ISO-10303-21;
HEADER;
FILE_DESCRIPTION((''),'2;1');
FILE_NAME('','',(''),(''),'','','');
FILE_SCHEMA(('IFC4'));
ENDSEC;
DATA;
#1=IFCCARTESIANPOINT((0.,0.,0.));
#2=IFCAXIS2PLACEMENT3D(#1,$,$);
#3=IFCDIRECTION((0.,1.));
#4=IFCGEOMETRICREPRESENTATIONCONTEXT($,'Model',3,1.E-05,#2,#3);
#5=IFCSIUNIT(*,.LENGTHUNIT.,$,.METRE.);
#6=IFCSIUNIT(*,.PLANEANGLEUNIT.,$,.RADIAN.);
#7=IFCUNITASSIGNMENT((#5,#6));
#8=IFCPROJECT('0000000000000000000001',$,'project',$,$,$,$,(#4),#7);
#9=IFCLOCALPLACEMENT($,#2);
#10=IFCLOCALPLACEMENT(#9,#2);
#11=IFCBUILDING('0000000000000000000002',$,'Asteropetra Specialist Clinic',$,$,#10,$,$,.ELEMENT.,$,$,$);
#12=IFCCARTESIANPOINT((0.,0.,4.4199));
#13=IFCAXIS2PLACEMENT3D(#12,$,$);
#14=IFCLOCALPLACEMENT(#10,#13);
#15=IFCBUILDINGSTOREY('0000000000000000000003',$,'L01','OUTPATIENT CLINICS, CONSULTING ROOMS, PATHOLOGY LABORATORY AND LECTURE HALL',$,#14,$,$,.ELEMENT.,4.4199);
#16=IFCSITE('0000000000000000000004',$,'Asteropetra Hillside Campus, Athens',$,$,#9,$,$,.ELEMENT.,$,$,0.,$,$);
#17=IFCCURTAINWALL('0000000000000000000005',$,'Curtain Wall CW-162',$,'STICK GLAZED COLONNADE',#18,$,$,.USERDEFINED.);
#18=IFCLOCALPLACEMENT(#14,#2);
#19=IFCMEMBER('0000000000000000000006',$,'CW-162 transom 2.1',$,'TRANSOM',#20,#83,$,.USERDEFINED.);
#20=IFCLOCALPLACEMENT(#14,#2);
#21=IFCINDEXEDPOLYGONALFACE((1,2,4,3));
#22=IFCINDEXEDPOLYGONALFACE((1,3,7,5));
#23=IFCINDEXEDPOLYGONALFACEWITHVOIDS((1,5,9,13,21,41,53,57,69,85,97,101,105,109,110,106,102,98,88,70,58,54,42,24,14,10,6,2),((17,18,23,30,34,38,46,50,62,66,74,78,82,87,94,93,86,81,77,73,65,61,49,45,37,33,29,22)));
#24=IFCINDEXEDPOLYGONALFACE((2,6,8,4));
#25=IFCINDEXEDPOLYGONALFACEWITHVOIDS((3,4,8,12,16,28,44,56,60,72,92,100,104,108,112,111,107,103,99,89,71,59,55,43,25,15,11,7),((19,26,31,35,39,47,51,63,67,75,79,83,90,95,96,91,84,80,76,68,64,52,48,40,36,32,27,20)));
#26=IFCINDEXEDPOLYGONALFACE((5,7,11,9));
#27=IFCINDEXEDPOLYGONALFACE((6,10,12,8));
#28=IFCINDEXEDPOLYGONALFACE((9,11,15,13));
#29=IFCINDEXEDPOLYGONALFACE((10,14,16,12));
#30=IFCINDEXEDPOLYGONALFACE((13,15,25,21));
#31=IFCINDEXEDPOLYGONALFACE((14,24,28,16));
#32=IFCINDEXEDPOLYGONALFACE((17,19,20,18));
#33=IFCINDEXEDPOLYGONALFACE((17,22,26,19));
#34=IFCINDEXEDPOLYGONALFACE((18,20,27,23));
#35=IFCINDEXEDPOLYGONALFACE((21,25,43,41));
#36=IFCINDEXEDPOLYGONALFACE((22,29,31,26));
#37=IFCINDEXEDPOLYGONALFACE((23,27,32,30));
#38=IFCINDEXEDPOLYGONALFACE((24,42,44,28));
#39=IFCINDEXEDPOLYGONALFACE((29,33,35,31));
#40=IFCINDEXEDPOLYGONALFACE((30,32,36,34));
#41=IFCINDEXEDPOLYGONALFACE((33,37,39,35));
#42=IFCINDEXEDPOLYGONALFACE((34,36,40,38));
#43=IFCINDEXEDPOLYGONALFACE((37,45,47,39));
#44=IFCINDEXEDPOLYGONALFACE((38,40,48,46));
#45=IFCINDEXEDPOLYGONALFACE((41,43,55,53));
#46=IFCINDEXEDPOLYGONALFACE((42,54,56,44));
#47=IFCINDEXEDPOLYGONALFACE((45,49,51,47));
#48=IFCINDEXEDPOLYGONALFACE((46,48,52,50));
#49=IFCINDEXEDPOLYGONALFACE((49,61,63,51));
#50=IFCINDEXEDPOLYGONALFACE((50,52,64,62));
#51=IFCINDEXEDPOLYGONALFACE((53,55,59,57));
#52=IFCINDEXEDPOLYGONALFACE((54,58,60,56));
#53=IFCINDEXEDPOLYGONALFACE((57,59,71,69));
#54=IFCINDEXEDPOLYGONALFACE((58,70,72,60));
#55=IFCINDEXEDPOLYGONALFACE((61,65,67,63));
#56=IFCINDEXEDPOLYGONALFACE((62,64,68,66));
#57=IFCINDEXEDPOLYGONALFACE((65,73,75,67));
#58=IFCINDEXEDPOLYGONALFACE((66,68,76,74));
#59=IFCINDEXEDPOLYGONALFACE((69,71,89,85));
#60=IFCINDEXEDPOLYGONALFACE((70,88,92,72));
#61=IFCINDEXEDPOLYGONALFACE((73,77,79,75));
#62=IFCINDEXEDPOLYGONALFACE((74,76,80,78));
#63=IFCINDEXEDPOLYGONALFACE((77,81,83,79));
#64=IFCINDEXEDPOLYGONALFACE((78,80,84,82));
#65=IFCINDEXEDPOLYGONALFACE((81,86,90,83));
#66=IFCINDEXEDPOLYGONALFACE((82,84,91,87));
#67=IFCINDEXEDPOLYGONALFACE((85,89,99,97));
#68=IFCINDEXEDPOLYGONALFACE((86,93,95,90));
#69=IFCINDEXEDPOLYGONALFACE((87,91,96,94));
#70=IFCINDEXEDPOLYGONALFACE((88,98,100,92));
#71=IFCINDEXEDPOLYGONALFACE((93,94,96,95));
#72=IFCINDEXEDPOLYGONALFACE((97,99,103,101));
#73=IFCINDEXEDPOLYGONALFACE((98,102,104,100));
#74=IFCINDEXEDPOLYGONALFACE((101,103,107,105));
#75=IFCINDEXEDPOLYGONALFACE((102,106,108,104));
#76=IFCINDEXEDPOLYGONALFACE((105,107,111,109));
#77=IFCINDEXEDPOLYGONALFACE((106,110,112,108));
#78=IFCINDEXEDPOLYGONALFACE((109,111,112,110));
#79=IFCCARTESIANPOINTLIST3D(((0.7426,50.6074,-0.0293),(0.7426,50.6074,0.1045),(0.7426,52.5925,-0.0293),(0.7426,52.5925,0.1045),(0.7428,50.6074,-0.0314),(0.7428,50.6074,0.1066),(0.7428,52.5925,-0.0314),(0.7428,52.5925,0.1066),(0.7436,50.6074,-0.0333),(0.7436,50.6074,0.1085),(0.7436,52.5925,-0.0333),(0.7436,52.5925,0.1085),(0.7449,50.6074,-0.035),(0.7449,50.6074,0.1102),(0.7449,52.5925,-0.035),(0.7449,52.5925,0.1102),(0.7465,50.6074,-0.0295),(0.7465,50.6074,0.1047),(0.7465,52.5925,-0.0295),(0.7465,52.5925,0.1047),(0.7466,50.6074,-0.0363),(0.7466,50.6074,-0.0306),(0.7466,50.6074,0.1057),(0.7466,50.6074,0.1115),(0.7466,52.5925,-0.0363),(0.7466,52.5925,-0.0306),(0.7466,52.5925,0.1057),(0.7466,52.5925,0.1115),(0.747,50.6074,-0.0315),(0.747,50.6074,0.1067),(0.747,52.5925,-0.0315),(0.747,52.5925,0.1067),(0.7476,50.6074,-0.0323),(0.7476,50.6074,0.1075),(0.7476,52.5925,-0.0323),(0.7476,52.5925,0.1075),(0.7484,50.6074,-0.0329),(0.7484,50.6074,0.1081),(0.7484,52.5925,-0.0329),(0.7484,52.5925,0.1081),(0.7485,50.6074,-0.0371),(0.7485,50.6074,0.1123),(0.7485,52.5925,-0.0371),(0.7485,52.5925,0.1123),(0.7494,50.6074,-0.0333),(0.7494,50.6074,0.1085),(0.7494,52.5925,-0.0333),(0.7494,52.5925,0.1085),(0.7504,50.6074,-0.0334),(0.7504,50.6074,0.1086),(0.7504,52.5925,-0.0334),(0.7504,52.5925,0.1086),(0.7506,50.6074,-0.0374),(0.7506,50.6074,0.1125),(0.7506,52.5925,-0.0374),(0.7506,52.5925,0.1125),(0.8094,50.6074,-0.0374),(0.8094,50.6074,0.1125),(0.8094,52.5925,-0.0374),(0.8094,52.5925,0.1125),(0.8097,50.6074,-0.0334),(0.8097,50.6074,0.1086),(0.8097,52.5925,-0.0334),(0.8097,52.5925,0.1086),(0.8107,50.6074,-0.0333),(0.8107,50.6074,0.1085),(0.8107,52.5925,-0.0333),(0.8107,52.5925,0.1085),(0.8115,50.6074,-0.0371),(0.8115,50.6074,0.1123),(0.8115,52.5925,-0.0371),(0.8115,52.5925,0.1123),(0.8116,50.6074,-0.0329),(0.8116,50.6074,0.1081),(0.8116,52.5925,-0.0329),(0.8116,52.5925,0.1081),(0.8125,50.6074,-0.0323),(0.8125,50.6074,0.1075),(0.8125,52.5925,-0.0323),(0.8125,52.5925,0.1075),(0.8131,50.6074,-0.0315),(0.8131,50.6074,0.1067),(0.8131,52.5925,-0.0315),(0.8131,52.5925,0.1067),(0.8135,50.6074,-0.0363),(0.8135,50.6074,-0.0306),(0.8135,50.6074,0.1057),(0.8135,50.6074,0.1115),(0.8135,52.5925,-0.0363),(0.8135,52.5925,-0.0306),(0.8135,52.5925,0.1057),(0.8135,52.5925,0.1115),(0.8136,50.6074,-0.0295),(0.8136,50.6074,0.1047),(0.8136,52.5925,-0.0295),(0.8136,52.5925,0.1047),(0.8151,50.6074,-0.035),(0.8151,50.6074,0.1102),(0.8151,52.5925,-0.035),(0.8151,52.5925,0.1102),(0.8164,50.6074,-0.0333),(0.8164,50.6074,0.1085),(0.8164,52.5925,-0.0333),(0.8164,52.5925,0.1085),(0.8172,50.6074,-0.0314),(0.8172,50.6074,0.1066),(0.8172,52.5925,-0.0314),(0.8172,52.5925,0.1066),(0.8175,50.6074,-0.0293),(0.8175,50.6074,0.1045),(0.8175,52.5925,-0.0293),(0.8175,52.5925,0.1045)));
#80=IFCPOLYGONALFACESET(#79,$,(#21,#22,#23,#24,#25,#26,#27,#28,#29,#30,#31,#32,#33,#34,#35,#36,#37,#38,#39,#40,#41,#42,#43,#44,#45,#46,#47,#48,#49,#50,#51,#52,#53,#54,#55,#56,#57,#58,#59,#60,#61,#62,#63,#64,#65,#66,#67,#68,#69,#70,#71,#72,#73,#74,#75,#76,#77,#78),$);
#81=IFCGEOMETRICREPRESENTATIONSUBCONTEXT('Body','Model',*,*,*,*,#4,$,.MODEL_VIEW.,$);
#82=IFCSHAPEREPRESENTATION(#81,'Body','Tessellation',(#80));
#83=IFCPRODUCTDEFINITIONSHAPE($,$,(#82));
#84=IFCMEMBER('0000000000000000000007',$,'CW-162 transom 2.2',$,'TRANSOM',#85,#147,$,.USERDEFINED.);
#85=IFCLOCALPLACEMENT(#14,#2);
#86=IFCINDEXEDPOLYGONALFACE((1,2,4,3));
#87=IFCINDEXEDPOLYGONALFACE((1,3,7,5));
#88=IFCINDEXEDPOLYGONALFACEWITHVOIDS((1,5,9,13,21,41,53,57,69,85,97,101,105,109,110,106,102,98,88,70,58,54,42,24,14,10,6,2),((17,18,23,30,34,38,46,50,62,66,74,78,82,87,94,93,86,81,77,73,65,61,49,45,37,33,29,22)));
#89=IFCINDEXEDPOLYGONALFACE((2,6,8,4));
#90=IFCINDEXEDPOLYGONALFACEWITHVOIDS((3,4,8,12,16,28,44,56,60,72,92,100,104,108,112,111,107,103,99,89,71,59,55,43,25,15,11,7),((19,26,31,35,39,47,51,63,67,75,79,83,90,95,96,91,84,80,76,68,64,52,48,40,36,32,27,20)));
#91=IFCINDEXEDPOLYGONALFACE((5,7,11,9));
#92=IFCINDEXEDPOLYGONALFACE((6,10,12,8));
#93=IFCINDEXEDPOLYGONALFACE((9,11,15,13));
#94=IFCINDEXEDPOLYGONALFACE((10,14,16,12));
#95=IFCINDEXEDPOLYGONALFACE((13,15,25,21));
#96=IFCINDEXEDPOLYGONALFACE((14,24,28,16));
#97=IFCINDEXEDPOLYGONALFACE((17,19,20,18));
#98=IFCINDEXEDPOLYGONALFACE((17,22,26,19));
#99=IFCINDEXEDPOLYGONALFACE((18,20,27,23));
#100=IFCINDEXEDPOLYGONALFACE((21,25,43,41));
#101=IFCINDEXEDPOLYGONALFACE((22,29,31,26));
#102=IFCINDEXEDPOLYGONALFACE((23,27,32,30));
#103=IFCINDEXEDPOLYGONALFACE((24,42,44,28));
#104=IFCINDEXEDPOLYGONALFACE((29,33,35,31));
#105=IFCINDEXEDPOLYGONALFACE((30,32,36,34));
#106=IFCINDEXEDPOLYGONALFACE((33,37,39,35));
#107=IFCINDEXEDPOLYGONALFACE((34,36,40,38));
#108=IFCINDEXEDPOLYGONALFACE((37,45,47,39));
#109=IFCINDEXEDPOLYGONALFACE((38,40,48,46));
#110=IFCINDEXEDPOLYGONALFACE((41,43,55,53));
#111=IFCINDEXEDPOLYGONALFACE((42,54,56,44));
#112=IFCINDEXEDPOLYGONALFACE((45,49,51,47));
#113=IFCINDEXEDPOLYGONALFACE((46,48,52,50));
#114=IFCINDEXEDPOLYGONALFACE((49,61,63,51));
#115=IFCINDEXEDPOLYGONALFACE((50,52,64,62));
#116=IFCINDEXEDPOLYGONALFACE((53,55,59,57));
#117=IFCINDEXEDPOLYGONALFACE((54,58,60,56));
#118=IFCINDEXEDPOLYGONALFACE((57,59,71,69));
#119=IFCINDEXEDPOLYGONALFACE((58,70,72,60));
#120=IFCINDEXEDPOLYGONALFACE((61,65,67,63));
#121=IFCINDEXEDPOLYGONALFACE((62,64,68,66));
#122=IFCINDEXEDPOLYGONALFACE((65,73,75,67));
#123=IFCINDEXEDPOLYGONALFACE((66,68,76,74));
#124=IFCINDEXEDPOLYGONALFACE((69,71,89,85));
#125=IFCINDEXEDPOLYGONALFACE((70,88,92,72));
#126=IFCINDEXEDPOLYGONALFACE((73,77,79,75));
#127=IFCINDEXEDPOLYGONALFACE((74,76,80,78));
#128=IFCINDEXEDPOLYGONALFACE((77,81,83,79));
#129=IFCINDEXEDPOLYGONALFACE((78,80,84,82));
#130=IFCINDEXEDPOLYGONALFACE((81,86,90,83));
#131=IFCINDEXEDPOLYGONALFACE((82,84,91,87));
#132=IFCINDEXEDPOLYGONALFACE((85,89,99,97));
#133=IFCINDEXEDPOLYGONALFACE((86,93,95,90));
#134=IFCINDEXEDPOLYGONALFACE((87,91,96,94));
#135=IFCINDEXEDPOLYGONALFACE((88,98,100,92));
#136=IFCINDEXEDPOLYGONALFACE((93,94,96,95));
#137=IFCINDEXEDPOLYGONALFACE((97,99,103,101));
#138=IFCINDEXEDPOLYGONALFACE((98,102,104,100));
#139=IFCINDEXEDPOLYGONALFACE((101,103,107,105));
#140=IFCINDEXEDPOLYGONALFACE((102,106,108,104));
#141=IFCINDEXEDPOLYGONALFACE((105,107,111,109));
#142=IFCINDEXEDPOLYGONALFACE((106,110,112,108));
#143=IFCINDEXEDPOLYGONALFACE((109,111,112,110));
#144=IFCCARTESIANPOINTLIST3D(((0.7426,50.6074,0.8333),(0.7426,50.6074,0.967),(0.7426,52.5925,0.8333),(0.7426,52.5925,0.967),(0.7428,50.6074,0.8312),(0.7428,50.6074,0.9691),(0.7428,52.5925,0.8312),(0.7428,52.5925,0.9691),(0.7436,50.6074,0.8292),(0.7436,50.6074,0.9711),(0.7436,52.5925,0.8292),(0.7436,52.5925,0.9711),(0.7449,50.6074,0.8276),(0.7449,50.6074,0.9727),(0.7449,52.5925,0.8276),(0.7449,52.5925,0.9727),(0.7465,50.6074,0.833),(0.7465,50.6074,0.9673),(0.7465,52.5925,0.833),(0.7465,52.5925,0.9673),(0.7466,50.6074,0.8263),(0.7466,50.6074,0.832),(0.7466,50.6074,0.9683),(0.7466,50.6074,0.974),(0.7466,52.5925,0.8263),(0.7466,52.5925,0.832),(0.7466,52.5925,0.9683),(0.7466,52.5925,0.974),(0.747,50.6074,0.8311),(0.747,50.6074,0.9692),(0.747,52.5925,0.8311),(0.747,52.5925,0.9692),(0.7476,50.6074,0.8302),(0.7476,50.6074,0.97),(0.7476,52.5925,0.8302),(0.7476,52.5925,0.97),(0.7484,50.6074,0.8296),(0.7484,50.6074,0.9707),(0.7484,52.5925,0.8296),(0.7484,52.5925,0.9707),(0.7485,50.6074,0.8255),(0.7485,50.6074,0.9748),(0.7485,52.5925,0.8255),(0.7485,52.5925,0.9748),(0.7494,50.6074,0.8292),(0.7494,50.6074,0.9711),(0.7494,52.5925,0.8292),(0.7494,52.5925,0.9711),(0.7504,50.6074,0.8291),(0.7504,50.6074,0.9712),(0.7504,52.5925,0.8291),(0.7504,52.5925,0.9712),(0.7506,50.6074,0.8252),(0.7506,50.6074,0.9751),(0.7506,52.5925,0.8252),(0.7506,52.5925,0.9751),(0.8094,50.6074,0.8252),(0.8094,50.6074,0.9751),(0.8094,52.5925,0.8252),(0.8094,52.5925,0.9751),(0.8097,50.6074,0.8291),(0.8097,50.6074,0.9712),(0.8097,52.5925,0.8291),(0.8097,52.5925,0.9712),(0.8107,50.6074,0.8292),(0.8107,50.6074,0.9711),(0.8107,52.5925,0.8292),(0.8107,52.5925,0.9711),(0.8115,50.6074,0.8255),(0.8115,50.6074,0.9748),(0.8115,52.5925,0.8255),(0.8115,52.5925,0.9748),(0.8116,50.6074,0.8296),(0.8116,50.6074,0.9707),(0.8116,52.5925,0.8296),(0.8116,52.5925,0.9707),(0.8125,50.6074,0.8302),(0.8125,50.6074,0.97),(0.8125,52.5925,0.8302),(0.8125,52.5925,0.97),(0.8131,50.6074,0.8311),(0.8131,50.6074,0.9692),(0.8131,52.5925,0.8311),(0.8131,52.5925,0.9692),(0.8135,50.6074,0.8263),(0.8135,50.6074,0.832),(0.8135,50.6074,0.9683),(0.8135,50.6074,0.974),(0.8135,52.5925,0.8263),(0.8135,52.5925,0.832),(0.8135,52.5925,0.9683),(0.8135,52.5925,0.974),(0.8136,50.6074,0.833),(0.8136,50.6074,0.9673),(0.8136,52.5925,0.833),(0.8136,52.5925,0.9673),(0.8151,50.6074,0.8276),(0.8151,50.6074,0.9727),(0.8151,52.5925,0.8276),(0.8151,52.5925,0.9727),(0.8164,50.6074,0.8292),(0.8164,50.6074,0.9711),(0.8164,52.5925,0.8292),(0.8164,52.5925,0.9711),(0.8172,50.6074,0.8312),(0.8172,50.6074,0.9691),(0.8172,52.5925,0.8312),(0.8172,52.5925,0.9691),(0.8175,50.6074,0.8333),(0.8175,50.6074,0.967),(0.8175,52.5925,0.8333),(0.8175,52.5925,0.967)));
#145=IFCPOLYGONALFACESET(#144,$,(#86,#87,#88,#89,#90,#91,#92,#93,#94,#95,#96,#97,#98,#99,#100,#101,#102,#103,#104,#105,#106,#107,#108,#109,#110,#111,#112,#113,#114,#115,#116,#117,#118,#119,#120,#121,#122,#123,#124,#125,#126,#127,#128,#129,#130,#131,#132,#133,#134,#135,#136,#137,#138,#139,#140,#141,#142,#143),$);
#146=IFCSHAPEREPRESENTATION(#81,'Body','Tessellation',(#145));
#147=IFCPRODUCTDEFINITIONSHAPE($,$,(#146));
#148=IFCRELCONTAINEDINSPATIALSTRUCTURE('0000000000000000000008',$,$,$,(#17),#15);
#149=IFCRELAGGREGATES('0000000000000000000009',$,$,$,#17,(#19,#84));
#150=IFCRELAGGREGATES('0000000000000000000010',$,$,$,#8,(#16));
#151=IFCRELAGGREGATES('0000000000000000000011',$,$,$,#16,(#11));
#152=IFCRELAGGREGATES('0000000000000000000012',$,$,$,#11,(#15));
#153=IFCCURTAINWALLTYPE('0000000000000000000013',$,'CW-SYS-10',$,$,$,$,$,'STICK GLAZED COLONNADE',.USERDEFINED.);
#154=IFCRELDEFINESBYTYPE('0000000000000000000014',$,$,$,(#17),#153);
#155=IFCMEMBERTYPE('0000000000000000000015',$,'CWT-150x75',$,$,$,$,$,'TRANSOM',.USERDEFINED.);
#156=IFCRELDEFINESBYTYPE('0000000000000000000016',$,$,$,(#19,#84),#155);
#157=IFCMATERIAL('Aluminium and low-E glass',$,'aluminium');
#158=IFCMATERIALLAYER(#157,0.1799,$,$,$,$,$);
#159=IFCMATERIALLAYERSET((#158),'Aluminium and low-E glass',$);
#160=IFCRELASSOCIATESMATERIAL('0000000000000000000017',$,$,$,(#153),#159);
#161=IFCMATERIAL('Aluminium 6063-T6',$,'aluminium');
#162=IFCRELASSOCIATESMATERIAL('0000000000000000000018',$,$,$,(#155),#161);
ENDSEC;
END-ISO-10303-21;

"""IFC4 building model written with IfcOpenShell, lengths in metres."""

from ifc_helpers import new_model, si_unit, direction, frame, origin, origin_2d, place, context, subcontext, project, spatial, hollow_rectangle, extrude, material, layer, layer_set, material_profile, profile_set, type_object, element, aggregate, save


model = new_model("IFC4")

# Units and contexts
model_context = context("Model", 3, precision=1e-05, world=origin(), true_north=direction((0.0, 1.0)))
body_context = subcontext(model_context, "Body", "Model", "MODEL_VIEW")
ifc_project = project(units=[si_unit("LENGTHUNIT", "METRE"), si_unit("PLANEANGLEUNIT", "RADIAN")], contexts=[model_context])

# Site, building, storey
site_placement = place(None, origin())
site = spatial("IfcSite", under=ifc_project, at=site_placement, Name="Asteropetra Hillside Campus, Athens", CompositionType="ELEMENT", RefElevation=0.0)
building_placement = place(site_placement, origin())
building = spatial("IfcBuilding", under=site, at=building_placement, Name="Asteropetra Specialist Clinic", CompositionType="ELEMENT")
storey_placement = place(building_placement, frame((0.0, 0.0, 4.4199)))
storey = spatial("IfcBuildingStorey", under=building, at=storey_placement, Name="L01", Description="OUTPATIENT CLINICS, CONSULTING ROOMS, PATHOLOGY LABORATORY AND LECTURE HALL", CompositionType="ELEMENT", Elevation=4.4199)

# Curtain wall, members
ifc_material_1 = material(Name="Aluminium and low-E glass", Category="aluminium")
ifc_layer_1 = layer(ifc_material_1, 0.1799)
ifc_layer_set_1 = layer_set([ifc_layer_1], Name="Aluminium and low-E glass")
curtain_wall_type_1 = type_object("IfcCurtainWallType", Name="CW-SYS-10", ElementType="STICK GLAZED COLONNADE", PredefinedType="USERDEFINED", material=ifc_layer_set_1)
curtain_wall_1_placement = place(storey_placement, origin())
curtain_wall_1 = element("IfcCurtainWall", 1, at=curtain_wall_1_placement, inside=storey, type_object=curtain_wall_type_1, Name="Curtain Wall CW-162", ObjectType="STICK GLAZED COLONNADE", PredefinedType="USERDEFINED")
ifc_material_2 = material(Name="Aluminium 6063-T6", Category="aluminium")
ifc_material_profile_1 = material_profile(ifc_material_2, hollow_rectangle(XDim=0.075, YDim=0.1499, WallThickness=0.0039, InnerFilletRadius=0.0039, OuterFilletRadius=0.0081, at=origin_2d()), Name="TRN 150x75x4.0")
ifc_profile_set_1 = profile_set([ifc_material_profile_1], Name="Aluminium 6063-T6")
member_type_1 = type_object("IfcMemberType", Name="CWT-150x75", ElementType="TRANSOM", PredefinedType="USERDEFINED", material=ifc_profile_set_1)
member_1_placement = place(storey_placement, frame((0.78, 52.5925, 0.0376), z_axis=(0.0, -1.0, 0.0), x_axis=(1.0, 0.0, 0.0)))
member_1 = element("IfcMember", 2, at=member_1_placement, type_object=member_type_1, Name="CW-162 transom 2.1", ObjectType="TRANSOM", PredefinedType="USERDEFINED", context=body_context, shape_type="SweptSolid", body=[
    extrude(hollow_rectangle(XDim=0.075, YDim=0.1499, WallThickness=0.0039, InnerFilletRadius=0.0039, OuterFilletRadius=0.0081, at=origin_2d()), origin(), (0.0, 0.0, 1.0), 1.9851),
])
member_2_placement = place(storey_placement, frame((0.78, 52.5925, 0.9001), z_axis=(0.0, -1.0, 0.0), x_axis=(1.0, 0.0, 0.0)))
member_2 = element("IfcMember", 3, at=member_2_placement, type_object=member_type_1, Name="CW-162 transom 2.2", ObjectType="TRANSOM", PredefinedType="USERDEFINED", context=body_context, shape_type="SweptSolid", body=[
    extrude(hollow_rectangle(XDim=0.075, YDim=0.1499, WallThickness=0.0039, InnerFilletRadius=0.0039, OuterFilletRadius=0.0081, at=origin_2d()), origin(), (0.0, 0.0, 1.0), 1.9851),
])

aggregate(curtain_wall_1, [member_1, member_2])

save(model, "model.ifc")
